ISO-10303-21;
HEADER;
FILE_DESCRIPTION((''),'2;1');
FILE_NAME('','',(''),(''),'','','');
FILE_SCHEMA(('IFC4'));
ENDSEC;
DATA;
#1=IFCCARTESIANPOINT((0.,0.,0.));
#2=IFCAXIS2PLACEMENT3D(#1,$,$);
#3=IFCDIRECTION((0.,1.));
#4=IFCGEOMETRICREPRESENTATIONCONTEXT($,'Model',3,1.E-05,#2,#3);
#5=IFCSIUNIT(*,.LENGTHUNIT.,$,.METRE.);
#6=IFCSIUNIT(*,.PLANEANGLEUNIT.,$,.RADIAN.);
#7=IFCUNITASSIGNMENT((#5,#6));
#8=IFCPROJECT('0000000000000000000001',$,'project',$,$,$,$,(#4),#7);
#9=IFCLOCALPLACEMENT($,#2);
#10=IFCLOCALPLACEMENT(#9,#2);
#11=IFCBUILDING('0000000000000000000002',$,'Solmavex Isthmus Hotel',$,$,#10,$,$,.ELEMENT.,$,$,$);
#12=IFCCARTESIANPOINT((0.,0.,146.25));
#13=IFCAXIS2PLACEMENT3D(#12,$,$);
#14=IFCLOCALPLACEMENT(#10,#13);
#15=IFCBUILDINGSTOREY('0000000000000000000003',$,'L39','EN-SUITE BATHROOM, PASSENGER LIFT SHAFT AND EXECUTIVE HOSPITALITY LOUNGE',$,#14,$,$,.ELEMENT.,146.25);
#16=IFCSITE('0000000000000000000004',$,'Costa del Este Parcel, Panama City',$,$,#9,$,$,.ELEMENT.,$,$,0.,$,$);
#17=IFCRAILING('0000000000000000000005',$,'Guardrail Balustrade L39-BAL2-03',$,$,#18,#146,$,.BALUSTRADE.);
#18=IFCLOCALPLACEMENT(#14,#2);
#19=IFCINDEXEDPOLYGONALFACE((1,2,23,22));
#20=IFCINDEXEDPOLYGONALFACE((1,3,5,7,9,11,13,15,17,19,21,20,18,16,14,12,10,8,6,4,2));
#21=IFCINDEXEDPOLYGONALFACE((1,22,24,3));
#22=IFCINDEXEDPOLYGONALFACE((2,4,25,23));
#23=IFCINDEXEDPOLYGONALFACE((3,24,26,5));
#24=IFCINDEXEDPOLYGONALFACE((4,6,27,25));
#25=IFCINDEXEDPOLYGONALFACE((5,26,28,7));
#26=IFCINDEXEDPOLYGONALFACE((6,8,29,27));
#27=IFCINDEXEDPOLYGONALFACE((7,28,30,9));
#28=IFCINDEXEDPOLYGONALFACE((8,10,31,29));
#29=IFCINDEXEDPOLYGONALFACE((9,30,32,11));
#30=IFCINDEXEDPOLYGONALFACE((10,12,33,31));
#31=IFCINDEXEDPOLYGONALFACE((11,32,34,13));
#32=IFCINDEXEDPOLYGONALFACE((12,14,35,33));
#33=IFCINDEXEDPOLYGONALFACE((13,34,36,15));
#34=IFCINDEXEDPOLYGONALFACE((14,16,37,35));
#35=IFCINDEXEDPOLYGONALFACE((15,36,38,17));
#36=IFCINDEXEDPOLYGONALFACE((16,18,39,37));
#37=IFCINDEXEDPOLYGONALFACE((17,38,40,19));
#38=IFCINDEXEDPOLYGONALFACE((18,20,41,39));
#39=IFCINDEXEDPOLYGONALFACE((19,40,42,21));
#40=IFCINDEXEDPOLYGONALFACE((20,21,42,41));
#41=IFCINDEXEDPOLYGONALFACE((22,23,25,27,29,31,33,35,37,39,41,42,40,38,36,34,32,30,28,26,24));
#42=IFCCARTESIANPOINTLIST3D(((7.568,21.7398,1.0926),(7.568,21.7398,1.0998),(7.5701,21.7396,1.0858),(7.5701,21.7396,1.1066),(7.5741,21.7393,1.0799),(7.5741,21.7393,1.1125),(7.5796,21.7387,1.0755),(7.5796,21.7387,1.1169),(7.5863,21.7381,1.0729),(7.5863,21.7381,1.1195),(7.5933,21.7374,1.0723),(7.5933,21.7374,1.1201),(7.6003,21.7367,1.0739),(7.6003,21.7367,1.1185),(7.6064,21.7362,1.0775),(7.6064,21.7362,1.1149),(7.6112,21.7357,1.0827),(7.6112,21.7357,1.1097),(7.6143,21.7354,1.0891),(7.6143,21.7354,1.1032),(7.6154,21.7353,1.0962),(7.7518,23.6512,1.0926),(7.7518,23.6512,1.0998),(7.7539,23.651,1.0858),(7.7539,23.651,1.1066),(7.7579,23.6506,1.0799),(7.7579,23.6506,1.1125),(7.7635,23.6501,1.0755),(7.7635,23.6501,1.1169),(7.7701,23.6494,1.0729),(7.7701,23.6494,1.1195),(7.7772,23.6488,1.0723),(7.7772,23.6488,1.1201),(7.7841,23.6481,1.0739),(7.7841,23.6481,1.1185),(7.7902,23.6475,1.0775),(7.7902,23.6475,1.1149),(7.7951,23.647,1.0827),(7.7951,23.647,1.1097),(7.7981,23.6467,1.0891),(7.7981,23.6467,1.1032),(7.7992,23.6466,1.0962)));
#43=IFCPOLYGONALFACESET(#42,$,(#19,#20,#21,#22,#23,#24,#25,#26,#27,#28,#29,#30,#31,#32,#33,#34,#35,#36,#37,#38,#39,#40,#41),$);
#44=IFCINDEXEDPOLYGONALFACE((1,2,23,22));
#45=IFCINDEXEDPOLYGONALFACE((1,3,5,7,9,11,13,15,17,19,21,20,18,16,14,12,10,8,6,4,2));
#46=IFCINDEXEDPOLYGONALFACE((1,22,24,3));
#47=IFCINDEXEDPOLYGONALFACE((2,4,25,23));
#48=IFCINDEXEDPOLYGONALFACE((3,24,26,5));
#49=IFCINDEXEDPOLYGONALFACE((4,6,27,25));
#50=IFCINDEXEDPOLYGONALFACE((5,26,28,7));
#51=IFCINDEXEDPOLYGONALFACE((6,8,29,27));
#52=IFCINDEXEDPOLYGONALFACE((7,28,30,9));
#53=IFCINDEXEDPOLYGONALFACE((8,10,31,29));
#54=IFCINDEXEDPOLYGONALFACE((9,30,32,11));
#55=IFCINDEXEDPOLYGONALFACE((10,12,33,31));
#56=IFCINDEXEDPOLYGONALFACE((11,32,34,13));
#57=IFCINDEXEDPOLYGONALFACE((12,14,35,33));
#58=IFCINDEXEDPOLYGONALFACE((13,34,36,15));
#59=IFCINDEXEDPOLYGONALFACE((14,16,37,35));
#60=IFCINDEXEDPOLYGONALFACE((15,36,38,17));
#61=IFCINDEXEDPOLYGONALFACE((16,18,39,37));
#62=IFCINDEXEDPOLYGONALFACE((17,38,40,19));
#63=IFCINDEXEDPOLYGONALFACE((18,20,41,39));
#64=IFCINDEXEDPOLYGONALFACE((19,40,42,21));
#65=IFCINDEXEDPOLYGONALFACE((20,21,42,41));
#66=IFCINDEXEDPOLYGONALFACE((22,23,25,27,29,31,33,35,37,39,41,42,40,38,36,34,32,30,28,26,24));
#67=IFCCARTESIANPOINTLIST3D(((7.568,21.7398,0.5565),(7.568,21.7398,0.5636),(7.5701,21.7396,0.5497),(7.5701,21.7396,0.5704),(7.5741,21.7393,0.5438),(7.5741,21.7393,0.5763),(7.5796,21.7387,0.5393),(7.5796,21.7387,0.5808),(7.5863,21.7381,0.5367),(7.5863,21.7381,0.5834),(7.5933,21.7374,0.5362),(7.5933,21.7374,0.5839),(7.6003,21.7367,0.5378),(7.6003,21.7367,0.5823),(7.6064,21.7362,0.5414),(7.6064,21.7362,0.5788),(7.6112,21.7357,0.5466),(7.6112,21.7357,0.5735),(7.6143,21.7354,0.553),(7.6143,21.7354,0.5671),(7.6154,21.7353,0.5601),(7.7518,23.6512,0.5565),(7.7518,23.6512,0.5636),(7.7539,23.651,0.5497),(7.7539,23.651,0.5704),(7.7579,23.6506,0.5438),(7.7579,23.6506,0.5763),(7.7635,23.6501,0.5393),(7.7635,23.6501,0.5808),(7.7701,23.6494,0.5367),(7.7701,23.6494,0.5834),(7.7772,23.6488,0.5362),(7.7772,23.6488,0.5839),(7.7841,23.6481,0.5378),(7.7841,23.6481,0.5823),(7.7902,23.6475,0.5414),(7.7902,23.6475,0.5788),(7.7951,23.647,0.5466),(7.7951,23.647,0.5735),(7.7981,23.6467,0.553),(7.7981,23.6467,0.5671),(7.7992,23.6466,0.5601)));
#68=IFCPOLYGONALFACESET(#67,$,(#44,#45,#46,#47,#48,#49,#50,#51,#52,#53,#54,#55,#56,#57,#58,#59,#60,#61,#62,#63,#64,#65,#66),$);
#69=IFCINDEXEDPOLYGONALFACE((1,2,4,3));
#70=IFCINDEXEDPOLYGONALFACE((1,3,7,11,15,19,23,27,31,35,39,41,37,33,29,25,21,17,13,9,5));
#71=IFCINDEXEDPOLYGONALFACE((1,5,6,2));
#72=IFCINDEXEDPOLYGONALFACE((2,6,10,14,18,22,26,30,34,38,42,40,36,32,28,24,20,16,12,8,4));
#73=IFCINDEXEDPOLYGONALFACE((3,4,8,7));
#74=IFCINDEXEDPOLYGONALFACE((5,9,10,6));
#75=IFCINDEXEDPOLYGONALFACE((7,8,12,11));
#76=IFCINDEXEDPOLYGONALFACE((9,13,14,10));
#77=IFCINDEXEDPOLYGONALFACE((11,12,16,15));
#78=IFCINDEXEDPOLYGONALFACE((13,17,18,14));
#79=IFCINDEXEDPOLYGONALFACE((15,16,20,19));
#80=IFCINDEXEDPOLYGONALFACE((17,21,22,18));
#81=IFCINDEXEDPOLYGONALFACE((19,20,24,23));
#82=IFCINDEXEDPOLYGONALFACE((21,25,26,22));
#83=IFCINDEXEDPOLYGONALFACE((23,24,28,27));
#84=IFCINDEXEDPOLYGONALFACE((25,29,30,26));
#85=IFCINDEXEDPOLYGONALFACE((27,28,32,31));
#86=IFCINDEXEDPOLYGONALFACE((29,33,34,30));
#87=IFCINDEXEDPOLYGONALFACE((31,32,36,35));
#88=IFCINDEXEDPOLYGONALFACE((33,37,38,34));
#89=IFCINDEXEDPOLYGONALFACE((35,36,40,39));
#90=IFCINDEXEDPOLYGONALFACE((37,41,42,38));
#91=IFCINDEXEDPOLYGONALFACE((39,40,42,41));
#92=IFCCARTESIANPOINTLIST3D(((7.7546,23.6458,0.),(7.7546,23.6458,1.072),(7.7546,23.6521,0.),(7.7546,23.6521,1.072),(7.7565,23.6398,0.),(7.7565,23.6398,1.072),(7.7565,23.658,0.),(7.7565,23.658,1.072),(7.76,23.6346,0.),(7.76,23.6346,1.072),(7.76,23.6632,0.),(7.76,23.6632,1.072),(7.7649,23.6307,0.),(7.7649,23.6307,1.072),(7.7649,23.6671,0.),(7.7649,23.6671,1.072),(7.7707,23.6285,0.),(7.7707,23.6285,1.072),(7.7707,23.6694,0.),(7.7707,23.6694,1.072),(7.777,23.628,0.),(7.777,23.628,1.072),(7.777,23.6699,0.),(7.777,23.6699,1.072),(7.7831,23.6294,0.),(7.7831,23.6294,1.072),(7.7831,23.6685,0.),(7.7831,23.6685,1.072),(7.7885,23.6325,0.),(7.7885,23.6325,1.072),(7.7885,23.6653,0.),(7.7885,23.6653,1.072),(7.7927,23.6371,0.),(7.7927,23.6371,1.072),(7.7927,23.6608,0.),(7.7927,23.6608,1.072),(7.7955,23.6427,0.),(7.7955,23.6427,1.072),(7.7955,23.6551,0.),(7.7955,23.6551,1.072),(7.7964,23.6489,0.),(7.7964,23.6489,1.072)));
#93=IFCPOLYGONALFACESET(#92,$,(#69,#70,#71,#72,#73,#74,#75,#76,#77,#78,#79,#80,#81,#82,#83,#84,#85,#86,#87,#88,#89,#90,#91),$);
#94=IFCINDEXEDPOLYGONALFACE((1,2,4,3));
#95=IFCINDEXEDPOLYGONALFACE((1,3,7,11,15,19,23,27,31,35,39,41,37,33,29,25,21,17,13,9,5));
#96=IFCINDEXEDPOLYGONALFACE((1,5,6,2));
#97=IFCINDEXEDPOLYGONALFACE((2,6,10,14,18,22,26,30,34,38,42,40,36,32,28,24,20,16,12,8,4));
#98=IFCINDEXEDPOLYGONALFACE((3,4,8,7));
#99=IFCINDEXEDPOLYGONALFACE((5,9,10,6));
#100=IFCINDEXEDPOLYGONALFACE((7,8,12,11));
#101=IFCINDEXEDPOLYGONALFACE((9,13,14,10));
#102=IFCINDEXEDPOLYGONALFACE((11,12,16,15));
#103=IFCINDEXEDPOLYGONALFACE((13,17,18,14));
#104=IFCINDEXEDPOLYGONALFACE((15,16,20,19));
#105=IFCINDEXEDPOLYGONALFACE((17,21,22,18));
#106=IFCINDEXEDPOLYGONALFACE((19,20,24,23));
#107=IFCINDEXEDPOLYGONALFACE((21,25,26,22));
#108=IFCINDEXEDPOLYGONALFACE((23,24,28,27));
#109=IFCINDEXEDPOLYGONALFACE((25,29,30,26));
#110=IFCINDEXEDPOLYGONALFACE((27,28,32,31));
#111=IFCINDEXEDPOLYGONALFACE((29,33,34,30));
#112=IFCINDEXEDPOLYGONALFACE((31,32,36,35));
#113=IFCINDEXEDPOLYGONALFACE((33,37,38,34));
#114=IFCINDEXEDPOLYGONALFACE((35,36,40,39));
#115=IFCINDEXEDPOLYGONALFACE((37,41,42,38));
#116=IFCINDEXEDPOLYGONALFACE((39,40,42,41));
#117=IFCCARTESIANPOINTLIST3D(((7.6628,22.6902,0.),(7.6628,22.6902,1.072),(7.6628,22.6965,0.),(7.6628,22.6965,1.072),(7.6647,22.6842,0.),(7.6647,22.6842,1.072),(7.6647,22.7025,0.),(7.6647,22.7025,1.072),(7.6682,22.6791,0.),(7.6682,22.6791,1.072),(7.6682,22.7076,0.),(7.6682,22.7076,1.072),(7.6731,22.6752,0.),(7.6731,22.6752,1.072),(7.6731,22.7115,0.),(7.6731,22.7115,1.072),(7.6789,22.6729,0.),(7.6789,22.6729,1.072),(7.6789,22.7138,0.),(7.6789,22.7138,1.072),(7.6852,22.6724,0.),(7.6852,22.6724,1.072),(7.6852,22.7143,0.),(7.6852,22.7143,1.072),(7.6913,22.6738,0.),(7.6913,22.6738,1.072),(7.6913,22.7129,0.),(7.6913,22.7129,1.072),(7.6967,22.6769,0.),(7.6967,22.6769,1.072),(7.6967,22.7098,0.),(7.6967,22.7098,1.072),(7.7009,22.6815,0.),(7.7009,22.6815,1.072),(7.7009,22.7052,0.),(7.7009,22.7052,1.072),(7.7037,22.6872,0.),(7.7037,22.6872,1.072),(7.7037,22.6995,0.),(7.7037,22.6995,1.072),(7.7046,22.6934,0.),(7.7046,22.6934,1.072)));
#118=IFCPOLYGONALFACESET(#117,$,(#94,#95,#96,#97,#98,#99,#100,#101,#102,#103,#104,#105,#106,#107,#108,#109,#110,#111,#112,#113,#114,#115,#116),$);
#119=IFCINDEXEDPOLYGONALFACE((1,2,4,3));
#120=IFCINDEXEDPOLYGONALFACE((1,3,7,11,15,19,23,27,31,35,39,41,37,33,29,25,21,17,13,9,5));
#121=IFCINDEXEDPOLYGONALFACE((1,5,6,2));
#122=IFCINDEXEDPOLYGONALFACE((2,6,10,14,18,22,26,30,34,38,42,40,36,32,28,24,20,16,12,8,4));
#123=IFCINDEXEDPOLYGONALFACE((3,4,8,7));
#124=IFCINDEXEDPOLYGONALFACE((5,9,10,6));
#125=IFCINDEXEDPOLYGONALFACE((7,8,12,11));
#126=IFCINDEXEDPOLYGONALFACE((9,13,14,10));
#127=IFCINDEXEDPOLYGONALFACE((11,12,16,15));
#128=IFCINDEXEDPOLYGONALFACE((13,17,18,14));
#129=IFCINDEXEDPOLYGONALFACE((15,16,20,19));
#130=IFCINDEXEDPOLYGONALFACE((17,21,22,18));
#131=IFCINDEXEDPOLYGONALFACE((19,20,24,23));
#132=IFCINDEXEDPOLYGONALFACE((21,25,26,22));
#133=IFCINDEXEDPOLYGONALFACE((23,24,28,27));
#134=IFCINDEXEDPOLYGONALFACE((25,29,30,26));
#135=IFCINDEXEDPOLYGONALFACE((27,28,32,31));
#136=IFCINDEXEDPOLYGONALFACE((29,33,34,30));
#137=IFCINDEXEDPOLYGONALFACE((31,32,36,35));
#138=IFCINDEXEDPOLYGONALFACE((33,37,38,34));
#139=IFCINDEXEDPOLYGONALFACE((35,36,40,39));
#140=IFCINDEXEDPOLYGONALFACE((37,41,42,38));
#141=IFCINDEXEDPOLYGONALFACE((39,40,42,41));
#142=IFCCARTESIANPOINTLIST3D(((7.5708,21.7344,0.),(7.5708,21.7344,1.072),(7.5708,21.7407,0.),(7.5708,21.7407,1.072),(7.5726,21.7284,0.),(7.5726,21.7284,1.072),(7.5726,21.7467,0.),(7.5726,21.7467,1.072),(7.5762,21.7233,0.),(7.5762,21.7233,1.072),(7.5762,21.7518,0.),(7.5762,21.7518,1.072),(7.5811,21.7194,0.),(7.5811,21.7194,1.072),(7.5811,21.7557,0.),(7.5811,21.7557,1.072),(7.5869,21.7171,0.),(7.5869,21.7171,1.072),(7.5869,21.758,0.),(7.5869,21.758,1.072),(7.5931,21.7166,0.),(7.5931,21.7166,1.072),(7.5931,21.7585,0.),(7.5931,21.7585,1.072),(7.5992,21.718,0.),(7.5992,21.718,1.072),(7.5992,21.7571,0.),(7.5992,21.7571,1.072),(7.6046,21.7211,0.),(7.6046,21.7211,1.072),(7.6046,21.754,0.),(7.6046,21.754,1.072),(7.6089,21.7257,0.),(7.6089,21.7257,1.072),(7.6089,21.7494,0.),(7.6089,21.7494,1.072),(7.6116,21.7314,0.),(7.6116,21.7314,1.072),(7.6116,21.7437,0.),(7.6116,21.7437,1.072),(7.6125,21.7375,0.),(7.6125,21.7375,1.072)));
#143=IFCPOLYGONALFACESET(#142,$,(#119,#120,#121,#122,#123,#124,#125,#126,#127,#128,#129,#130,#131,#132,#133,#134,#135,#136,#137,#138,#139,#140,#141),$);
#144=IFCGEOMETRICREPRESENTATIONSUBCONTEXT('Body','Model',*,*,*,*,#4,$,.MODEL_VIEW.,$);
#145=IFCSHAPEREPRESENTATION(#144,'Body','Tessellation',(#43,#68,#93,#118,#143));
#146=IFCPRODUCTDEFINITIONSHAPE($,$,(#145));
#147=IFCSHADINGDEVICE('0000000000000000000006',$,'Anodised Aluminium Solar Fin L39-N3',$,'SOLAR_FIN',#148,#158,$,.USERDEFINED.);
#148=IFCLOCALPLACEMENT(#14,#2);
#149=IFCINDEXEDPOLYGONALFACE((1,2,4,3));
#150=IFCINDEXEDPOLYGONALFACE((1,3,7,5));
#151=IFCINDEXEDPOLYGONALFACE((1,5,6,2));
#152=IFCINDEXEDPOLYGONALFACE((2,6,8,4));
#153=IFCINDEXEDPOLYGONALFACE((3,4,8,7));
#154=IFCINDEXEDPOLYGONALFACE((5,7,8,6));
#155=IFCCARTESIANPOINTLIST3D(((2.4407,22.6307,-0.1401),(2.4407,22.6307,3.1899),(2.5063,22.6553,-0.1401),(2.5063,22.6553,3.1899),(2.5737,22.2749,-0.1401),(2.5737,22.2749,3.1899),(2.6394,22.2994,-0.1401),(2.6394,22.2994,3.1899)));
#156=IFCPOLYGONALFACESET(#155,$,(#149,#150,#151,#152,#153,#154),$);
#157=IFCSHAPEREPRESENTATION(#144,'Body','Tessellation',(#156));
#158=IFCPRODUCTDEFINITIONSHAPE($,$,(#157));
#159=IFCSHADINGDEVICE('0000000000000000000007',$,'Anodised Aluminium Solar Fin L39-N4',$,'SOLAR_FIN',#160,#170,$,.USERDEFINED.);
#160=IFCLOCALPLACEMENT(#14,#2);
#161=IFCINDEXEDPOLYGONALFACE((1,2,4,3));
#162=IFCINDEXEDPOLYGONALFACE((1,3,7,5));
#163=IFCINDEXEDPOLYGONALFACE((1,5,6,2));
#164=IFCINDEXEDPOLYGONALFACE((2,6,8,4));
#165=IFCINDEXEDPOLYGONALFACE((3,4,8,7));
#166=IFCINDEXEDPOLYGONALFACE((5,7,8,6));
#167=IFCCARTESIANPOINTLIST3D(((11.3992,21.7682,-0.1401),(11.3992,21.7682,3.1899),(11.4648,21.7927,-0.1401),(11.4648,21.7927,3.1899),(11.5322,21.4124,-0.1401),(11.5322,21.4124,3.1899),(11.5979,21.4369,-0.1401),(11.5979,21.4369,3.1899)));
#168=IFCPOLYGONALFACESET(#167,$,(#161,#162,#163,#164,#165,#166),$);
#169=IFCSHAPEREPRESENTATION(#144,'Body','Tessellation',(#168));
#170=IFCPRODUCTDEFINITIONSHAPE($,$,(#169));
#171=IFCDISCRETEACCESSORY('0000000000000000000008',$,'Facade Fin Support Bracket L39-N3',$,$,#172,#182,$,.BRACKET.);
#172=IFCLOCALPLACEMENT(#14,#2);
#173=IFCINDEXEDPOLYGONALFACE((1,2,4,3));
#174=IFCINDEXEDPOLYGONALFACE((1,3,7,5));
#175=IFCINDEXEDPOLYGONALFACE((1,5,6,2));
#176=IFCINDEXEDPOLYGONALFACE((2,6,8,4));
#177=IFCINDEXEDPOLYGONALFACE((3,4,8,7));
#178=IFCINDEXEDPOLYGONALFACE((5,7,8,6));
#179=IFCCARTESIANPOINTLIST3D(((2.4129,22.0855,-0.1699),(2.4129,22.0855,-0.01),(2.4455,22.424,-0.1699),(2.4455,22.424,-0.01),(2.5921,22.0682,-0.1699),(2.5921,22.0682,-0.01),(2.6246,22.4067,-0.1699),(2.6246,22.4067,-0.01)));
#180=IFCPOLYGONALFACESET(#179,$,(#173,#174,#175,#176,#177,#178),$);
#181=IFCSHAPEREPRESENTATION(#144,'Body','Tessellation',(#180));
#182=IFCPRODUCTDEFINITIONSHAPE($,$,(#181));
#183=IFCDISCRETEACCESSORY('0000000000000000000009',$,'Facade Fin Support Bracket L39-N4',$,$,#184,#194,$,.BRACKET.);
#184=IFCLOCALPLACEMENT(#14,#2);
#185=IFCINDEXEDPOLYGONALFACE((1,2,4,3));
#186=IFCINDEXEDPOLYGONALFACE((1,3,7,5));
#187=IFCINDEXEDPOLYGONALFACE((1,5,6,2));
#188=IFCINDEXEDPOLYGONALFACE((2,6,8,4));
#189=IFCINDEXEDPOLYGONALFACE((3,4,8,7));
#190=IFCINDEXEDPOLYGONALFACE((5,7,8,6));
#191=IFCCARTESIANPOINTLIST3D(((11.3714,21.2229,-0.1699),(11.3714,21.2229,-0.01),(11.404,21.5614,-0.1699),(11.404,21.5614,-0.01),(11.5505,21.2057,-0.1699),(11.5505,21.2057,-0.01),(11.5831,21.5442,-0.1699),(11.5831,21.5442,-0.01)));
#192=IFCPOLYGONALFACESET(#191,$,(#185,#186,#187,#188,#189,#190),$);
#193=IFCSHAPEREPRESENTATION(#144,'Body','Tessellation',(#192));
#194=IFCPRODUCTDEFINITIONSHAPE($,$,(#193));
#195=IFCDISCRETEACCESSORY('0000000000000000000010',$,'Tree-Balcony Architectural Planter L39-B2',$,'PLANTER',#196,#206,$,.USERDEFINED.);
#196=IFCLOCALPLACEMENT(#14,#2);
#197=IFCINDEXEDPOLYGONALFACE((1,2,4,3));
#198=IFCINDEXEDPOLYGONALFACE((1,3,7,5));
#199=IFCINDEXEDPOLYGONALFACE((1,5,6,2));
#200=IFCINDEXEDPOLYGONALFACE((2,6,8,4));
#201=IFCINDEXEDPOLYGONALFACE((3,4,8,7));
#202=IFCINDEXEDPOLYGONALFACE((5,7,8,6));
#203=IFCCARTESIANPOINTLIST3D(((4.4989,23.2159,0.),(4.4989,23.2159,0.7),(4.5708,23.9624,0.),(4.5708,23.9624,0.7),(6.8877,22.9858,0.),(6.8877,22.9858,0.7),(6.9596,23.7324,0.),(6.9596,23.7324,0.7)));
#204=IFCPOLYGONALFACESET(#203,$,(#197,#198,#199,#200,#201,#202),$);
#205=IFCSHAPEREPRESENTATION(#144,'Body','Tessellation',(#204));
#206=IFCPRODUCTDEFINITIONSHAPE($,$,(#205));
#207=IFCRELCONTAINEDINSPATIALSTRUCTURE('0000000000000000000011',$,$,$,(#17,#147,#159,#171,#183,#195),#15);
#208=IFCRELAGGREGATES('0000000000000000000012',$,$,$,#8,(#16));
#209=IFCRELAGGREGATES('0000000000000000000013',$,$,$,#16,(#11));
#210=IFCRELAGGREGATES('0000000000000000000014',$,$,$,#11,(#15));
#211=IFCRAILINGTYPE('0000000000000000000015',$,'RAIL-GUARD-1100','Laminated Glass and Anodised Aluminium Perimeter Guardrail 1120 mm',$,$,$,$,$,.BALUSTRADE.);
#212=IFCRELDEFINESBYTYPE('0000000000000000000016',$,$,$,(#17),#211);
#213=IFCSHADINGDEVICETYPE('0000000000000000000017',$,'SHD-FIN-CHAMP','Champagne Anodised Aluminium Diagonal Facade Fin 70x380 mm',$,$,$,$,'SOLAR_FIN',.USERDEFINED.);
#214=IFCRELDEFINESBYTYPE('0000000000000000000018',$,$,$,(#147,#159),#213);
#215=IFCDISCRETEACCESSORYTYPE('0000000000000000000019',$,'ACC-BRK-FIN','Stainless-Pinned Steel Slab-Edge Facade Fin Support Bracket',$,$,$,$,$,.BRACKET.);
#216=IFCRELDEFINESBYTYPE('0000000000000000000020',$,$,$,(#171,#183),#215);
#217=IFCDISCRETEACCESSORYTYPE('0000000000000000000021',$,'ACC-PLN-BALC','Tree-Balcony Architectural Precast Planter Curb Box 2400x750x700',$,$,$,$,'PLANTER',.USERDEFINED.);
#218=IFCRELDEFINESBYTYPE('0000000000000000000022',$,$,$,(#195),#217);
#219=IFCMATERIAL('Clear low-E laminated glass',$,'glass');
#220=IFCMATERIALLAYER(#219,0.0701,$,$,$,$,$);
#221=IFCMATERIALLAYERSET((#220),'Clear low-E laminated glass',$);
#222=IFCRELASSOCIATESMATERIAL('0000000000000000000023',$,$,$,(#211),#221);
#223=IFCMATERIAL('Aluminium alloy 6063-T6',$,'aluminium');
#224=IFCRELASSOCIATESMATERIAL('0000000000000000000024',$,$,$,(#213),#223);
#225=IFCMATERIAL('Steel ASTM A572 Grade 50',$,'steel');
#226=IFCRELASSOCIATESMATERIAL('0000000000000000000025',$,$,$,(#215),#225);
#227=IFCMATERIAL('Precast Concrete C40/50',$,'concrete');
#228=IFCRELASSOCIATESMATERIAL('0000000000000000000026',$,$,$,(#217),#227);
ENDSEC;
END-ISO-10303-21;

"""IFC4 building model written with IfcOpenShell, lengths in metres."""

from ifc_helpers import new_model, si_unit, direction, frame, origin, origin_2d, place, context, subcontext, project, spatial, rectangle, circle, extrude, material, layer, layer_set, type_object, element, save


model = new_model("IFC4")

# Units and contexts
model_context = context("Model", 3, precision=1e-05, world=origin(), true_north=direction((0.0, 1.0)))
body_context = subcontext(model_context, "Body", "Model", "MODEL_VIEW")
ifc_project = project(units=[si_unit("LENGTHUNIT", "METRE"), si_unit("PLANEANGLEUNIT", "RADIAN")], contexts=[model_context])

# Site, building, storey
site_placement = place(None, origin())
site = spatial("IfcSite", under=ifc_project, at=site_placement, Name="Costa del Este Parcel, Panama City", CompositionType="ELEMENT", RefElevation=0.0)
building_placement = place(site_placement, origin())
building = spatial("IfcBuilding", under=site, at=building_placement, Name="Solmavex Isthmus Hotel", CompositionType="ELEMENT")
storey_placement = place(building_placement, frame((0.0, 0.0, 146.25)))
storey = spatial("IfcBuildingStorey", under=building, at=storey_placement, Name="L39", Description="EN-SUITE BATHROOM, PASSENGER LIFT SHAFT AND EXECUTIVE HOSPITALITY LOUNGE", CompositionType="ELEMENT", Elevation=146.25)

# Shared definitions
ifc_material_1 = material(Name="Aluminium alloy 6063-T6", Category="aluminium")

# Shared definitions
ifc_material_2 = material(Name="Clear low-E laminated glass", Category="glass")

# Shared definitions
ifc_material_3 = material(Name="Precast Concrete C40/50", Category="concrete")

# Railing
ifc_layer_1 = layer(ifc_material_2, 0.0701)
ifc_layer_set_1 = layer_set([ifc_layer_1], Name="Clear low-E laminated glass")
railing_type = type_object("IfcRailingType", Name="RAIL-GUARD-1100", Description="Laminated Glass and Anodised Aluminium Perimeter Guardrail 1120 mm", PredefinedType="BALUSTRADE", material=ifc_layer_set_1)
railing_1_placement = place(storey_placement, frame((7.7754, 23.6489, 0.0)))
element("IfcRailing", 1, at=railing_1_placement, inside=storey, type_object=railing_type, Name="Guardrail Balustrade L39-BAL2-03", PredefinedType="BALUSTRADE", context=body_context, shape_type="SweptSolid", body=[
    extrude(circle(Radius=0.0239, at=origin_2d()), frame((0.0, 0.0, 1.0962), z_axis=(-0.095739, -0.995406, 0.0), x_axis=(0.995406, -0.095739, 0.0)), (0.0, 0.0, 1.0), 1.9202),
    extrude(circle(Radius=0.0239, at=origin_2d()), frame((0.0, 0.0, 0.5601), z_axis=(-0.095739, -0.995406, 0.0), x_axis=(0.995406, -0.095739, 0.0)), (0.0, 0.0, 1.0), 1.9202),
    extrude(circle(Radius=0.021, at=origin_2d()), origin(), (0.0, 0.0, 1.0), 1.072),
    extrude(circle(Radius=0.021, at=origin_2d()), frame((-0.0918, -0.9556, 0.0)), (0.0, 0.0, 1.0), 1.072),
    extrude(circle(Radius=0.021, at=origin_2d()), frame((-0.1838, -1.9114, 0.0)), (0.0, 0.0, 1.0), 1.072),
])

# Shading devices
shading_device_type = type_object("IfcShadingDeviceType", Name="SHD-FIN-CHAMP", Description="Champagne Anodised Aluminium Diagonal Facade Fin 70x380 mm", ElementType="SOLAR_FIN", PredefinedType="USERDEFINED", material=ifc_material_1)
for number, where, z_axis, x_axis, name in (
    (2, (2.54, 22.4651, -0.1401), (0.0, 0.0, 1.0), (-0.350207, 0.936672, 0.0), "Anodised Aluminium Solar Fin L39-N3"),
    (3, (11.4985, 21.6025, -0.1401), (0.0, 0.0, 1.0), (-0.350207, 0.936672, 0.0), "Anodised Aluminium Solar Fin L39-N4"),
):
    element("IfcShadingDevice", number, at=place(storey_placement, frame(where, z_axis=z_axis, x_axis=x_axis)), inside=storey, type_object=shading_device_type, Name=name, ObjectType="SOLAR_FIN", PredefinedType="USERDEFINED", context=body_context, shape_type="SweptSolid", body=[
        extrude(rectangle(XDim=0.3799, YDim=0.0701, at=origin_2d()), origin(), (0.0, 0.0, 1.0), 3.3301),
    ])

# Discrete accessories
ifc_material_4 = material(Name="Steel ASTM A572 Grade 50", Category="steel")
discrete_accessory_type_1 = type_object("IfcDiscreteAccessoryType", Name="ACC-BRK-FIN", Description="Stainless-Pinned Steel Slab-Edge Facade Fin Support Bracket", PredefinedType="BRACKET", material=ifc_material_4)
for number, where, z_axis, x_axis, name in (
    (4, (2.5188, 22.2461, -0.1699), (0.0, 0.0, 1.0), (0.095846, 0.995396, 0.0), "Facade Fin Support Bracket L39-N3"),
    (5, (11.4773, 21.3835, -0.1699), (0.0, 0.0, 1.0), (0.095846, 0.995396, 0.0), "Facade Fin Support Bracket L39-N4"),
):
    element("IfcDiscreteAccessory", number, at=place(storey_placement, frame(where, z_axis=z_axis, x_axis=x_axis)), inside=storey, type_object=discrete_accessory_type_1, Name=name, PredefinedType="BRACKET", context=body_context, shape_type="SweptSolid", body=[
        extrude(rectangle(XDim=0.3401, YDim=0.1799, at=origin_2d()), origin(), (0.0, 0.0, 1.0), 0.1599),
    ])
discrete_accessory_type_2 = type_object("IfcDiscreteAccessoryType", Name="ACC-PLN-BALC", Description="Tree-Balcony Architectural Precast Planter Curb Box 2400x750x700", ElementType="PLANTER", PredefinedType="USERDEFINED", material=ifc_material_3)
discrete_accessory_placement = place(storey_placement, frame((5.7292, 23.4741, 0.0), z_axis=(0.0, 0.0, 1.0), x_axis=(0.995396, -0.095846, 0.0)))
element("IfcDiscreteAccessory", 6, at=discrete_accessory_placement, inside=storey, type_object=discrete_accessory_type_2, Name="Tree-Balcony Architectural Planter L39-B2", ObjectType="PLANTER", PredefinedType="USERDEFINED", context=body_context, shape_type="SweptSolid", body=[
    extrude(rectangle(XDim=2.3999, YDim=0.75, at=origin_2d()), origin(), (0.0, 0.0, 1.0), 0.7),
])

save(model, "model.ifc")
